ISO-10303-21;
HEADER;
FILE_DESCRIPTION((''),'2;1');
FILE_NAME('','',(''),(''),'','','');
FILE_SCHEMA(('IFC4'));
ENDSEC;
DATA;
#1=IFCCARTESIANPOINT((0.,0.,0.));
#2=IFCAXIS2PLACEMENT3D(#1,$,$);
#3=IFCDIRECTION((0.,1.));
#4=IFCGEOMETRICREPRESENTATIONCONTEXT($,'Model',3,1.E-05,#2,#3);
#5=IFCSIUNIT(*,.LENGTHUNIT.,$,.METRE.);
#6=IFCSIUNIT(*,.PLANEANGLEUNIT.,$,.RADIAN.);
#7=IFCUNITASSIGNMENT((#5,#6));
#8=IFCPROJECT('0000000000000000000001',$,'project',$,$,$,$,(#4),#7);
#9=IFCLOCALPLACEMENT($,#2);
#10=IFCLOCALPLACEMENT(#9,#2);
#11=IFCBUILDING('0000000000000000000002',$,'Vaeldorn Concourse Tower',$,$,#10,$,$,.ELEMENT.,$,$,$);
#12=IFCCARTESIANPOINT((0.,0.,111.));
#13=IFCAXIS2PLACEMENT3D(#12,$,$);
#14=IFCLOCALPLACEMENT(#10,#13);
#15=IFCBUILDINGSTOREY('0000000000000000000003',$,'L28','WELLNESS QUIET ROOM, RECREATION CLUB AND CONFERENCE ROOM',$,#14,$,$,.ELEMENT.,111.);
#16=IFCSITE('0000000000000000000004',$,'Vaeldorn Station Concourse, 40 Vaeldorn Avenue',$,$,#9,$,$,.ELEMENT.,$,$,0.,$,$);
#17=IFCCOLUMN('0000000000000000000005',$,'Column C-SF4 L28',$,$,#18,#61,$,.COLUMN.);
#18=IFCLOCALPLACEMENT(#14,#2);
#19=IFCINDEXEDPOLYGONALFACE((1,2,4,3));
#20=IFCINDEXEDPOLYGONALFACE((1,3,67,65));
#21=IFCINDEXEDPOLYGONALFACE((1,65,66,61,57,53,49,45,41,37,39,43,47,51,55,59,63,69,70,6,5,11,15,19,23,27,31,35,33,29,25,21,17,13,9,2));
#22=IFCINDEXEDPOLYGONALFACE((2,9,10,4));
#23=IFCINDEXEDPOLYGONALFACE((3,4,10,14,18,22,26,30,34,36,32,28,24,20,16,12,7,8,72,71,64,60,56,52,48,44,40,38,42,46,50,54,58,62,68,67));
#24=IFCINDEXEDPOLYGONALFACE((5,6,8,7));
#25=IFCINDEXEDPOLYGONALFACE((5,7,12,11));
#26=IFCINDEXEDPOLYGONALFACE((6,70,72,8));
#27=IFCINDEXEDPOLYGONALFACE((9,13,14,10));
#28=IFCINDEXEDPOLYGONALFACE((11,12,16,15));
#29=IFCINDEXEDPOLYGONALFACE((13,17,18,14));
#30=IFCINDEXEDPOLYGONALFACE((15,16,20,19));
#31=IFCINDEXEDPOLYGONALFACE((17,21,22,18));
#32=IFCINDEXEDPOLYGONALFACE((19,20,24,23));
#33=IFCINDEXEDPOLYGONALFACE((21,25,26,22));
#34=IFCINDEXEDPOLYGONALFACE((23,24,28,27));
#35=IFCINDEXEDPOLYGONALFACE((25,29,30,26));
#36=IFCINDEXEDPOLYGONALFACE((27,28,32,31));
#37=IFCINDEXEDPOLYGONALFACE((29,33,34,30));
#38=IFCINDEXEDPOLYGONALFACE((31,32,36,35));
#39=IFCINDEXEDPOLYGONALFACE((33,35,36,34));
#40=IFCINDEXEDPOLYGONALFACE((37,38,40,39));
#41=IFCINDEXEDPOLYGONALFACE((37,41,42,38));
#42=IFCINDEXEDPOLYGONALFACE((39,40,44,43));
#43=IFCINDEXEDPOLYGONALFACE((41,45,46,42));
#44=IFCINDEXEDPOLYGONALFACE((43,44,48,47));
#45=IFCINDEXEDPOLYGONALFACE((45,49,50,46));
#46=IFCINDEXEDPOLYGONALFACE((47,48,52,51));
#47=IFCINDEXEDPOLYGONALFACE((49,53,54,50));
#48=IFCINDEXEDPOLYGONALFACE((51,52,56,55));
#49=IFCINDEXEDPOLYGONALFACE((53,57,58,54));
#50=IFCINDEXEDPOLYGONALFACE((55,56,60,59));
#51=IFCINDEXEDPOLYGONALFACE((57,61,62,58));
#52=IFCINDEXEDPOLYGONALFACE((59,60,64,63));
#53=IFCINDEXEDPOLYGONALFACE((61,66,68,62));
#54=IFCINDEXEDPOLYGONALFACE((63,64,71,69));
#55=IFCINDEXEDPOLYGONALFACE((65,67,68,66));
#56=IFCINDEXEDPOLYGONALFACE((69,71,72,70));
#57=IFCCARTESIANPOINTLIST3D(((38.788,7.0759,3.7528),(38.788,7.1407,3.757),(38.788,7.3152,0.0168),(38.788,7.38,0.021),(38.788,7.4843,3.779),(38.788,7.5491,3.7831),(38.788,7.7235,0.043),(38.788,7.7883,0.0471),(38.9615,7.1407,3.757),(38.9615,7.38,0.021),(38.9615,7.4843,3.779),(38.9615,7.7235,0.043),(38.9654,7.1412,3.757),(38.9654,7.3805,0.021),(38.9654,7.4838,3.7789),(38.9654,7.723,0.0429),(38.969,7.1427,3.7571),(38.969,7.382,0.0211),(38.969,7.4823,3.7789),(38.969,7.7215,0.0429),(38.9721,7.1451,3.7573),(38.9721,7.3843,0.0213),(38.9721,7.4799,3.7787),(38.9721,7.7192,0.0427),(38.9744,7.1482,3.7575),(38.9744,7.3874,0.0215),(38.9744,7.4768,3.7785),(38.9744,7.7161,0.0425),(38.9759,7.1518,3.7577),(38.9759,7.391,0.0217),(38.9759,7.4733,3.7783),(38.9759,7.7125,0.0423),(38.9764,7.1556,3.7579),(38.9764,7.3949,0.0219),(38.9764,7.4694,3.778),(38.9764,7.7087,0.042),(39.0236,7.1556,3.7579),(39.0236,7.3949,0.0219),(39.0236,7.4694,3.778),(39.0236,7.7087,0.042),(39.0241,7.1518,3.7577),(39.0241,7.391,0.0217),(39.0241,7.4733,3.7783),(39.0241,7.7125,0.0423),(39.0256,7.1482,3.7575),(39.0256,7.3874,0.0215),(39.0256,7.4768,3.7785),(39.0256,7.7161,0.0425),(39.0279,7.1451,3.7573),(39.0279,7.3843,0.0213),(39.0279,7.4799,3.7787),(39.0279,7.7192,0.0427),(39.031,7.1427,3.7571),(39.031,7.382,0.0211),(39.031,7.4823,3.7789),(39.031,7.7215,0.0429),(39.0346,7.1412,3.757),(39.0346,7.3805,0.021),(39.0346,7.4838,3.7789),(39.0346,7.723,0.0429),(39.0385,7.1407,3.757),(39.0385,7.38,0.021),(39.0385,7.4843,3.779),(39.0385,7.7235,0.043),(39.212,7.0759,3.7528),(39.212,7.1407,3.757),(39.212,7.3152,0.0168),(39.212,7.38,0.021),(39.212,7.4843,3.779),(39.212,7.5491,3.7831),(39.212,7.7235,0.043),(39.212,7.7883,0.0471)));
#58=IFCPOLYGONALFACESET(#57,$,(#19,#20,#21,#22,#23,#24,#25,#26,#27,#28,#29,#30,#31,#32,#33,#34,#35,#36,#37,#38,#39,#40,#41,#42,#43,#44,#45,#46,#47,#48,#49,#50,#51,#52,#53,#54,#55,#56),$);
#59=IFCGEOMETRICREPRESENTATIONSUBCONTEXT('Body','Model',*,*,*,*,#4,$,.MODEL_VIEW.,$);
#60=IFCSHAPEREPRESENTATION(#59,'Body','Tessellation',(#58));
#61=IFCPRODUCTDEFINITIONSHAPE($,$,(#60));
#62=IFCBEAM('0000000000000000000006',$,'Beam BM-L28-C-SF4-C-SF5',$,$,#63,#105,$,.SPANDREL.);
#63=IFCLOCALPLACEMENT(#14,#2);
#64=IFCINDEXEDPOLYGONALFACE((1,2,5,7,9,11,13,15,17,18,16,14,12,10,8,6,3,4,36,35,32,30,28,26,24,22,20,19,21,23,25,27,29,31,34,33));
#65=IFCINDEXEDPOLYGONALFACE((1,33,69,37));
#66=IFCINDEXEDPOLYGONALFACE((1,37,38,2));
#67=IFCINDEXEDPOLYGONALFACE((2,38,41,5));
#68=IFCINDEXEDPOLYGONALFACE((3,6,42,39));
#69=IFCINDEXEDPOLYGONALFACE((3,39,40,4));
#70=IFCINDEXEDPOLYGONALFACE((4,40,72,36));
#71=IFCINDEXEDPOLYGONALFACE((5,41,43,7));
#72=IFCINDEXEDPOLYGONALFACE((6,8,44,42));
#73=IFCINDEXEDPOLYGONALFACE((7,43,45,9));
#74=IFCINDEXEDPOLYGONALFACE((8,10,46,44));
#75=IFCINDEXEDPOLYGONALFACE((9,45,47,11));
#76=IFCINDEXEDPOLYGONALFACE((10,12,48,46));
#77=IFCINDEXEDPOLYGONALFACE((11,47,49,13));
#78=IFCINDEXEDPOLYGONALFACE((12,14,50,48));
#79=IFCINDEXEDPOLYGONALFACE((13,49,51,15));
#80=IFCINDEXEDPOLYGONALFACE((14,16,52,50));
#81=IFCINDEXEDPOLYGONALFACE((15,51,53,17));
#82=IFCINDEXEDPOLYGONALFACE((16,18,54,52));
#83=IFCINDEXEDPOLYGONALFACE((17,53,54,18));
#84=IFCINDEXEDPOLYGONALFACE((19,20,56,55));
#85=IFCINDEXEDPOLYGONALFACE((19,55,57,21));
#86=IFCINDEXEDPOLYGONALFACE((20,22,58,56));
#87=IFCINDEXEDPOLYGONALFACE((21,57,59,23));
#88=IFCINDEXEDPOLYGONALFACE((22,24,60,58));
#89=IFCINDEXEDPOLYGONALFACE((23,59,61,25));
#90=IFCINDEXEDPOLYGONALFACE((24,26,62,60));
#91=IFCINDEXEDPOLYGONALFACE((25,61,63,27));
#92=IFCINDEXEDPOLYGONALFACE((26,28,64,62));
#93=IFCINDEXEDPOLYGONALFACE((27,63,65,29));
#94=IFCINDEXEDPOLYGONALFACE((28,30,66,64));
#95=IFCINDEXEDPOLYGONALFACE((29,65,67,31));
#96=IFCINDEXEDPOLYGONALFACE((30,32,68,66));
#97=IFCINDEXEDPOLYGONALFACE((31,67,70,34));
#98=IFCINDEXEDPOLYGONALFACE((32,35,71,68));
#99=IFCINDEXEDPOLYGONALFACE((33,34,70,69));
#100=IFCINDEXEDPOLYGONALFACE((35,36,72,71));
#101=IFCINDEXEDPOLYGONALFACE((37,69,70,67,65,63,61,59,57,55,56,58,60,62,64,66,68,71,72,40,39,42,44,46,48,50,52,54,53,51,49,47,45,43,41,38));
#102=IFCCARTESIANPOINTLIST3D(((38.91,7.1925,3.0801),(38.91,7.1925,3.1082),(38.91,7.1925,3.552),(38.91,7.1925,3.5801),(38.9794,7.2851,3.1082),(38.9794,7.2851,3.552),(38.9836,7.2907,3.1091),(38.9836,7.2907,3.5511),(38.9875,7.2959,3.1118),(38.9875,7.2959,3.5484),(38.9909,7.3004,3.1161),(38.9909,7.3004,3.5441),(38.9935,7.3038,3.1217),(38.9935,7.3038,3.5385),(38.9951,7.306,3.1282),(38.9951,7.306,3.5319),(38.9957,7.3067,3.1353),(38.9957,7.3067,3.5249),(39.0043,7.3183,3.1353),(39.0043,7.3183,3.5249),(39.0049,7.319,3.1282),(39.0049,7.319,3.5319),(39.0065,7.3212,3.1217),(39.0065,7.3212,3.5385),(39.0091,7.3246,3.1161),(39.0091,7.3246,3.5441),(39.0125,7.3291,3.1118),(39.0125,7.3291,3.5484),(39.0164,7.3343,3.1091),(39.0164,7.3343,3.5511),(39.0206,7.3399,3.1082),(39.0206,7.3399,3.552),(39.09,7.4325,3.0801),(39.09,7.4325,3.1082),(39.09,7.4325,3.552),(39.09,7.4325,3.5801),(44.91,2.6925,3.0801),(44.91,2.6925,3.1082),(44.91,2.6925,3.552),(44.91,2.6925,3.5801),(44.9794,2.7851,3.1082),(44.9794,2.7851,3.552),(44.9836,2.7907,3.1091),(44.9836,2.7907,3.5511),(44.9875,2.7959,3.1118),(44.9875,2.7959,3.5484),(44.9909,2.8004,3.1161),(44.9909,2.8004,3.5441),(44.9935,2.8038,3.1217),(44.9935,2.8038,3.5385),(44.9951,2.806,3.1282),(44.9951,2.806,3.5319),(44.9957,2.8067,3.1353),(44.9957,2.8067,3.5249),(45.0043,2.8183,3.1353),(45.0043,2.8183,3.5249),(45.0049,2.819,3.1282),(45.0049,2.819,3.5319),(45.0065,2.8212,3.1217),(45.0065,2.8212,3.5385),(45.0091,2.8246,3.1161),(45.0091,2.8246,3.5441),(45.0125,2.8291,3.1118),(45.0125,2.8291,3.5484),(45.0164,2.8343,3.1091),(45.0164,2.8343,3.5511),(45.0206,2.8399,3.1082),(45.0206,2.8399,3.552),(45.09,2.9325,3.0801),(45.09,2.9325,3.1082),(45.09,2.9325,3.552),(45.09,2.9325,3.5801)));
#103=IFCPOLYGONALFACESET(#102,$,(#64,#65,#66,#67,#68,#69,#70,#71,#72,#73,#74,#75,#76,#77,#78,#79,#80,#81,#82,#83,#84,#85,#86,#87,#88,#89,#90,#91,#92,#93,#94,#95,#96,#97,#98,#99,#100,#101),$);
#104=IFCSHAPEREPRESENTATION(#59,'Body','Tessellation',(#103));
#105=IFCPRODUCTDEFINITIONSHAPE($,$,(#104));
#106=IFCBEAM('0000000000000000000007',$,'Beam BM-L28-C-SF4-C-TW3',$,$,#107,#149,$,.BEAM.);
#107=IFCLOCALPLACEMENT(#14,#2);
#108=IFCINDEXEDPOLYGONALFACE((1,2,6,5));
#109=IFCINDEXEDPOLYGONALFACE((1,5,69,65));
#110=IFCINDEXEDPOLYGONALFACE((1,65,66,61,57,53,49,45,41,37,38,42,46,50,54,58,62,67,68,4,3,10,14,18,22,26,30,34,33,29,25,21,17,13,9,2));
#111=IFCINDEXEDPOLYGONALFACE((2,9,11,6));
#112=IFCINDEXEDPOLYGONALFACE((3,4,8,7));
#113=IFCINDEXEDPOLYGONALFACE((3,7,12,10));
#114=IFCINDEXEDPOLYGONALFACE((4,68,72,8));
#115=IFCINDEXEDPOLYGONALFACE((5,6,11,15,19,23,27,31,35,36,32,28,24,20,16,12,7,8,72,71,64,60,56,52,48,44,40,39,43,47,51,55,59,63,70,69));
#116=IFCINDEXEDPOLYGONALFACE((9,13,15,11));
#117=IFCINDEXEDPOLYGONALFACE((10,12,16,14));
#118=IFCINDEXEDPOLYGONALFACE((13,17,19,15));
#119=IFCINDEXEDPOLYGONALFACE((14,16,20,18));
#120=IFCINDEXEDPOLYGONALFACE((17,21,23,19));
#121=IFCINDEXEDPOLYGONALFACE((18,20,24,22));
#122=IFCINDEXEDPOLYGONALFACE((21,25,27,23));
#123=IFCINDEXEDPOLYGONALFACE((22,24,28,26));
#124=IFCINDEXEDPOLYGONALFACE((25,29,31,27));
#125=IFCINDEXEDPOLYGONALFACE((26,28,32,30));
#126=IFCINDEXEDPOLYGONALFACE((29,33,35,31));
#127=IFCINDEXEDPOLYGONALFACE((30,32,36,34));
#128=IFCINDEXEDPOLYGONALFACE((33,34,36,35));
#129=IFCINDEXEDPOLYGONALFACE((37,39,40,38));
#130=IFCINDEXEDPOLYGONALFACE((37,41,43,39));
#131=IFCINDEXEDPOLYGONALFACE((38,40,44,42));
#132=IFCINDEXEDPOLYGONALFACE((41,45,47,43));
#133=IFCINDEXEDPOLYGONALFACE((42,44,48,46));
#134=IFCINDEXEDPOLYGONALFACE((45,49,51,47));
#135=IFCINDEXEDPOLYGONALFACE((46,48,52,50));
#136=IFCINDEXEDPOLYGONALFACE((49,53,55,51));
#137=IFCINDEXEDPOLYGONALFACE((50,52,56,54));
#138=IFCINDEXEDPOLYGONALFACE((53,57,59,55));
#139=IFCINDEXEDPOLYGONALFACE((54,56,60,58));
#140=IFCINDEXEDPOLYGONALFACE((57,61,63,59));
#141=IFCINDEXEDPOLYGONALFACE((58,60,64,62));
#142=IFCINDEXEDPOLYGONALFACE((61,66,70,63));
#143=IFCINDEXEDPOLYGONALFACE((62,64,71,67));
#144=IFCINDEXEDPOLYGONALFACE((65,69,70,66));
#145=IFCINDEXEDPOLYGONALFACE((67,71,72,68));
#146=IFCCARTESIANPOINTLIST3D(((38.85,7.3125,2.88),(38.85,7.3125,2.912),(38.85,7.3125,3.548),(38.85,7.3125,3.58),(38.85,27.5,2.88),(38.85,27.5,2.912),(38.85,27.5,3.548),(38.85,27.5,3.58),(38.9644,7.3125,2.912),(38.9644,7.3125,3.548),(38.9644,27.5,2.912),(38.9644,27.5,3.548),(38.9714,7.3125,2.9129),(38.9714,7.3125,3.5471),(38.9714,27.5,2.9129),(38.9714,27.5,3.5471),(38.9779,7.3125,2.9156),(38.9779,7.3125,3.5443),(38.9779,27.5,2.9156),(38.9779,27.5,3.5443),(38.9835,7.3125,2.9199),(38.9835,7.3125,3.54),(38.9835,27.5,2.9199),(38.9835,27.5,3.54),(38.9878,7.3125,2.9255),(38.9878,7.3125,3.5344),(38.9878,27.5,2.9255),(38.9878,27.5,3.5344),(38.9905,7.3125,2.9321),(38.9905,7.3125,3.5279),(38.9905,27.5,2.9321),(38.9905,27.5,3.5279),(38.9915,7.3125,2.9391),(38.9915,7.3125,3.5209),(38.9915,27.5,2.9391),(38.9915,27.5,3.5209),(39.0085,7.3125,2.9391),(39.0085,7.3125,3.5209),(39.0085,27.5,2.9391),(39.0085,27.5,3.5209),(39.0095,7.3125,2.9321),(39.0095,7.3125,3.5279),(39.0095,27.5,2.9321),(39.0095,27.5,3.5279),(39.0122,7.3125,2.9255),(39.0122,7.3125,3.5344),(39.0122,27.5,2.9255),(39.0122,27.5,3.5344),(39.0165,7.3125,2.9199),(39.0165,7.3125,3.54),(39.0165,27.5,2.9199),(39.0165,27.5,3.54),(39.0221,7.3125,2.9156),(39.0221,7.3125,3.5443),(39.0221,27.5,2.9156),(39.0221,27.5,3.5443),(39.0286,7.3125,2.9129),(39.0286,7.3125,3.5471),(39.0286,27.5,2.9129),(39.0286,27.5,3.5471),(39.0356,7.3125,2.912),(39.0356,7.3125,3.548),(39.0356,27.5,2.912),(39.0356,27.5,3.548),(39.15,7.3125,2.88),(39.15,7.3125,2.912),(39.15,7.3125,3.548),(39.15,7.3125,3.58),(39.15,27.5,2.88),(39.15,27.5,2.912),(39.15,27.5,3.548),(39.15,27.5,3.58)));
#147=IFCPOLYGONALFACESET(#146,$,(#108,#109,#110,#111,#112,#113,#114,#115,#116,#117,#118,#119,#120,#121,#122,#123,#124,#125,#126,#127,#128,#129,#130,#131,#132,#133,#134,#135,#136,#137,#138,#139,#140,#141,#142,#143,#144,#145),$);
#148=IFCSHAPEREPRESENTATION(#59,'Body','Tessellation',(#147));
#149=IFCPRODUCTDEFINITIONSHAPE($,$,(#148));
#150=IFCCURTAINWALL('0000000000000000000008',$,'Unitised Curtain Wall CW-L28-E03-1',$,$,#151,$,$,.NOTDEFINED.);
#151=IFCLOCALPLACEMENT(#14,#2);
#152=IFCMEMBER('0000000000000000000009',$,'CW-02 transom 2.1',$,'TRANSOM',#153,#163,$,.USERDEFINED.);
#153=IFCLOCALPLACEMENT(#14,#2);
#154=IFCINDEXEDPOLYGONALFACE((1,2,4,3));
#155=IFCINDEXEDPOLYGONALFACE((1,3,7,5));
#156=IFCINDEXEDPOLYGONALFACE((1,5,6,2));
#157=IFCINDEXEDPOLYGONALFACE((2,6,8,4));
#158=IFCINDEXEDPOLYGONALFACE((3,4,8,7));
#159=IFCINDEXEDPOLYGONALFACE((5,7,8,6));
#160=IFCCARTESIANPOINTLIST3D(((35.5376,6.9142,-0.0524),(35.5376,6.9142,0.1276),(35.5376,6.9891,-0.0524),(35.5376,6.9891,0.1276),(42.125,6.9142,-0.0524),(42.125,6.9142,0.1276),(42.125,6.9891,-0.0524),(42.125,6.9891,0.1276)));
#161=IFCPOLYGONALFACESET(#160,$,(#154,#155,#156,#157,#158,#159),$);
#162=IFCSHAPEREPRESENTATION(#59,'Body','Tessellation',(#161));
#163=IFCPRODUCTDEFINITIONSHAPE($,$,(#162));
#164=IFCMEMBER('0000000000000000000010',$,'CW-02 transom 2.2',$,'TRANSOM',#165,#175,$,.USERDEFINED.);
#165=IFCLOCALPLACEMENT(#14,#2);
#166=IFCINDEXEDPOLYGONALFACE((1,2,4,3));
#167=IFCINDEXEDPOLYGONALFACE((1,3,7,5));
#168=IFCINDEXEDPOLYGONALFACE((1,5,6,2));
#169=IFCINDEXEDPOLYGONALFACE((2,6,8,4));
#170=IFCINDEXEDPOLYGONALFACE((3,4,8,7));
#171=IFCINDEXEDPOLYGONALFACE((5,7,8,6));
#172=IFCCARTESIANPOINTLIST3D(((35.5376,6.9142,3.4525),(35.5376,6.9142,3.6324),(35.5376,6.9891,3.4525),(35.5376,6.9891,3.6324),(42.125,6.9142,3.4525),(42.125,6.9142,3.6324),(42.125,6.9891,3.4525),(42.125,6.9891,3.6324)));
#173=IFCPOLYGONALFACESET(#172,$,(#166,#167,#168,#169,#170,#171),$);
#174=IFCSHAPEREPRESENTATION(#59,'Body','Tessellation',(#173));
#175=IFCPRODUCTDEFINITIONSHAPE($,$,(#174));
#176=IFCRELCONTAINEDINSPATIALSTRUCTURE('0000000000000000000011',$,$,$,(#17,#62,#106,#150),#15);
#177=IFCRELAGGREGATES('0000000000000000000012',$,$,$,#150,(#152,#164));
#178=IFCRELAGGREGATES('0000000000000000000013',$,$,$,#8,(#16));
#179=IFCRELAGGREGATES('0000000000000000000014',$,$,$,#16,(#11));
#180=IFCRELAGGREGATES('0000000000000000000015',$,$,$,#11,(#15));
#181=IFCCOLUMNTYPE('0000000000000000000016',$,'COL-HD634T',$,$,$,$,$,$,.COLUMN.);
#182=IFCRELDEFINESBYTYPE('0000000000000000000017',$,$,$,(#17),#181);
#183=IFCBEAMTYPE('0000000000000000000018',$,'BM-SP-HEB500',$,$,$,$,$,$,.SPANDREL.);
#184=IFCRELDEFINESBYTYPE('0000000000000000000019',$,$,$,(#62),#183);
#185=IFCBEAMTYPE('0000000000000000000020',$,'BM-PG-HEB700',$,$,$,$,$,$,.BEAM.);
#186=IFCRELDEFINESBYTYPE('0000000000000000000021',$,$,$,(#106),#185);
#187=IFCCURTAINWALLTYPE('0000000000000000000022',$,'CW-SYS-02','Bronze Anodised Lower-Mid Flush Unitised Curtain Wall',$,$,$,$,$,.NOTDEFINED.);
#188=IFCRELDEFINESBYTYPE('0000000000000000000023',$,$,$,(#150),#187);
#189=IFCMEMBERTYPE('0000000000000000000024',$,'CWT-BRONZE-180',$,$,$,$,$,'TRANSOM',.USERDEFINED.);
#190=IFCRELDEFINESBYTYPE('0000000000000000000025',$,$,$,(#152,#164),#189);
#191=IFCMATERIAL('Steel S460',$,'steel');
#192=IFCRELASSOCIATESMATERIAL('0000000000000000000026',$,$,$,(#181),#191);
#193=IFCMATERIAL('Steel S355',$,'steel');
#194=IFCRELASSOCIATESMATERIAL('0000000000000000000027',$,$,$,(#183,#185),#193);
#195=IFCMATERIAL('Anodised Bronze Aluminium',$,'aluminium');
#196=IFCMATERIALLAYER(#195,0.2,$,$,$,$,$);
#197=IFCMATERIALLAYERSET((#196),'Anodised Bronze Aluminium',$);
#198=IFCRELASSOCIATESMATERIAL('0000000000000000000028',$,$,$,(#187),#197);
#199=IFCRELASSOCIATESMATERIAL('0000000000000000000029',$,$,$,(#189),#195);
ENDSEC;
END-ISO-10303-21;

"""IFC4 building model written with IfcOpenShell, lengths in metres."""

from ifc_helpers import new_model, si_unit, direction, frame, origin, origin_2d, place, context, subcontext, project, spatial, rectangle, i_section, extrude, source, transform, mapped, material, layer, layer_set, material_profile, profile_set, type_object, element, aggregate, save


model = new_model("IFC4")

# Units and contexts
model_context = context("Model", 3, precision=1e-05, world=origin(), true_north=direction((0.0, 1.0)))
body_context = subcontext(model_context, "Body", "Model", "MODEL_VIEW")
ifc_project = project(units=[si_unit("LENGTHUNIT", "METRE"), si_unit("PLANEANGLEUNIT", "RADIAN")], contexts=[model_context])

# Site, building, storey
site_placement = place(None, origin())
site = spatial("IfcSite", under=ifc_project, at=site_placement, Name="Vaeldorn Station Concourse, 40 Vaeldorn Avenue", CompositionType="ELEMENT", RefElevation=0.0)
building_placement = place(site_placement, origin())
building = spatial("IfcBuilding", under=site, at=building_placement, Name="Vaeldorn Concourse Tower", CompositionType="ELEMENT")
storey_placement = place(building_placement, frame((0.0, 0.0, 111.0)))
storey = spatial("IfcBuildingStorey", under=building, at=storey_placement, Name="L28", Description="WELLNESS QUIET ROOM, RECREATION CLUB AND CONFERENCE ROOM", CompositionType="ELEMENT", Elevation=111.0)

# Column
ifc_material_1 = material(Name="Steel S460", Category="steel")
ifc_material_profile_1 = material_profile(ifc_material_1, i_section(OverallWidth=0.4241, OverallDepth=0.4741, WebThickness=0.0471, FlangeThickness=0.0649, FilletRadius=0.0149, at=origin_2d()), Name="HD 400x634")
ifc_profile_set_1 = profile_set([ifc_material_profile_1], Name="Steel S460")
column_type = type_object("IfcColumnType", Name="COL-HD634T", PredefinedType="COLUMN", material=ifc_profile_set_1)
shared_shape_1 = source(origin(), body_context, "Body", "SweptSolid", [
    extrude(i_section(OverallWidth=0.4241, OverallDepth=0.4741, WebThickness=0.0471, FlangeThickness=0.0649, FilletRadius=0.0149, at=origin_2d()), origin(), (0.0, 0.0, 1.0), 3.7437),
])
column_placement = place(storey_placement, frame((39.0, 7.5518, 0.032), z_axis=(0.0, -0.063909, 0.997956), x_axis=(1.0, 0.0, 0.0)))
element("IfcColumn", 1, at=column_placement, inside=storey, type_object=column_type, Name="Column C-SF4 L28", PredefinedType="COLUMN", context=body_context, shape_type="MappedRepresentation", body=[
    mapped(shared_shape_1, transform((0.0, 0.0, 0.0), scale=1.0)),
])

# Beams
ifc_material_2 = material(Name="Steel S355", Category="steel")
ifc_material_profile_2 = material_profile(ifc_material_2, i_section(OverallWidth=0.3, OverallDepth=0.5, WebThickness=0.0144, FlangeThickness=0.0281, FilletRadius=0.0271, at=origin_2d()), Name="HEB 500")
ifc_profile_set_2 = profile_set([ifc_material_profile_2], Name="Steel S355")
beam_type_1 = type_object("IfcBeamType", Name="BM-SP-HEB500", PredefinedType="SPANDREL", material=ifc_profile_set_2)
shared_shape_2 = source(origin(), body_context, "Body", "SweptSolid", [
    extrude(i_section(OverallWidth=0.3, OverallDepth=0.5, WebThickness=0.0144, FlangeThickness=0.0281, FilletRadius=0.0271, at=origin_2d()), origin(), (0.0, 0.0, 1.0), 7.5),
])
beam_1_placement = place(storey_placement, frame((39.0, 7.3125, 3.3301), z_axis=(0.8, -0.6, 0.0), x_axis=(0.6, 0.8, 0.0)))
element("IfcBeam", 2, at=beam_1_placement, inside=storey, type_object=beam_type_1, Name="Beam BM-L28-C-SF4-C-SF5", PredefinedType="SPANDREL", context=body_context, shape_type="MappedRepresentation", body=[
    mapped(shared_shape_2, transform((0.0, 0.0, 0.0), scale=1.0)),
])
ifc_material_profile_3 = material_profile(ifc_material_2, i_section(OverallWidth=0.3, OverallDepth=0.7, WebThickness=0.0171, FlangeThickness=0.032, FilletRadius=0.0271, at=origin_2d()), Name="HEB 700")
ifc_profile_set_3 = profile_set([ifc_material_profile_3], Name="Steel S355")
beam_type_2 = type_object("IfcBeamType", Name="BM-PG-HEB700", PredefinedType="BEAM", material=ifc_profile_set_3)
shared_shape_3 = source(origin(), body_context, "Body", "SweptSolid", [
    extrude(i_section(OverallWidth=0.3, OverallDepth=0.7, WebThickness=0.0171, FlangeThickness=0.032, FilletRadius=0.0271, at=origin_2d()), origin(), (0.0, 0.0, 1.0), 20.1875),
])
beam_2_placement = place(storey_placement, frame((39.0, 7.3125, 3.23), z_axis=(0.0, 1.0, 0.0), x_axis=(-1.0, 0.0, 0.0)))
element("IfcBeam", 3, at=beam_2_placement, inside=storey, type_object=beam_type_2, Name="Beam BM-L28-C-SF4-C-TW3", PredefinedType="BEAM", context=body_context, shape_type="MappedRepresentation", body=[
    mapped(shared_shape_3, transform((0.0, 0.0, 0.0), scale=1.0)),
])

# Curtain wall, members
ifc_material_3 = material(Name="Anodised Bronze Aluminium", Category="aluminium")
ifc_layer_1 = layer(ifc_material_3, 0.2)
ifc_layer_set_1 = layer_set([ifc_layer_1], Name="Anodised Bronze Aluminium")
curtain_wall_type = type_object("IfcCurtainWallType", Name="CW-SYS-02", Description="Bronze Anodised Lower-Mid Flush Unitised Curtain Wall", PredefinedType="NOTDEFINED", material=ifc_layer_set_1)
curtain_wall_1_placement = place(storey_placement, origin())
curtain_wall_1 = element("IfcCurtainWall", 4, at=curtain_wall_1_placement, inside=storey, type_object=curtain_wall_type, Name="Unitised Curtain Wall CW-L28-E03-1", PredefinedType="NOTDEFINED")
ifc_material_profile_4 = material_profile(ifc_material_3, rectangle(XDim=0.075, YDim=0.1799, at=origin_2d()), Name="CWT 75x180")
ifc_profile_set_4 = profile_set([ifc_material_profile_4], Name="Anodised Bronze Aluminium")
member_type_1 = type_object("IfcMemberType", Name="CWT-BRONZE-180", ElementType="TRANSOM", PredefinedType="USERDEFINED", material=ifc_profile_set_4)
shared_shape_4 = source(origin(), body_context, "Body", "SweptSolid", [
    extrude(rectangle(XDim=0.075, YDim=0.1799, at=origin_2d()), origin(), (0.0, 0.0, 1.0), 6.5874),
])
member_1_placement = place(storey_placement, frame((35.5376, 6.9517, 0.0376), z_axis=(1.0, 0.0, 0.0), x_axis=(0.0, 1.0, 0.0)))
member_1 = element("IfcMember", 5, at=member_1_placement, type_object=member_type_1, Name="CW-02 transom 2.1", ObjectType="TRANSOM", PredefinedType="USERDEFINED", context=body_context, shape_type="MappedRepresentation", body=[
    mapped(shared_shape_4, transform((0.0, 0.0, 0.0), scale=1.0)),
])
member_2_placement = place(storey_placement, frame((35.5376, 6.9517, 3.5425), z_axis=(1.0, 0.0, 0.0), x_axis=(0.0, 1.0, 0.0)))
member_2 = element("IfcMember", 6, at=member_2_placement, type_object=member_type_1, Name="CW-02 transom 2.2", ObjectType="TRANSOM", PredefinedType="USERDEFINED", context=body_context, shape_type="MappedRepresentation", body=[
    mapped(shared_shape_4, transform((0.0, 0.0, 0.0), scale=1.0)),
])

aggregate(curtain_wall_1, [member_1, member_2])

save(model, "model.ifc")
